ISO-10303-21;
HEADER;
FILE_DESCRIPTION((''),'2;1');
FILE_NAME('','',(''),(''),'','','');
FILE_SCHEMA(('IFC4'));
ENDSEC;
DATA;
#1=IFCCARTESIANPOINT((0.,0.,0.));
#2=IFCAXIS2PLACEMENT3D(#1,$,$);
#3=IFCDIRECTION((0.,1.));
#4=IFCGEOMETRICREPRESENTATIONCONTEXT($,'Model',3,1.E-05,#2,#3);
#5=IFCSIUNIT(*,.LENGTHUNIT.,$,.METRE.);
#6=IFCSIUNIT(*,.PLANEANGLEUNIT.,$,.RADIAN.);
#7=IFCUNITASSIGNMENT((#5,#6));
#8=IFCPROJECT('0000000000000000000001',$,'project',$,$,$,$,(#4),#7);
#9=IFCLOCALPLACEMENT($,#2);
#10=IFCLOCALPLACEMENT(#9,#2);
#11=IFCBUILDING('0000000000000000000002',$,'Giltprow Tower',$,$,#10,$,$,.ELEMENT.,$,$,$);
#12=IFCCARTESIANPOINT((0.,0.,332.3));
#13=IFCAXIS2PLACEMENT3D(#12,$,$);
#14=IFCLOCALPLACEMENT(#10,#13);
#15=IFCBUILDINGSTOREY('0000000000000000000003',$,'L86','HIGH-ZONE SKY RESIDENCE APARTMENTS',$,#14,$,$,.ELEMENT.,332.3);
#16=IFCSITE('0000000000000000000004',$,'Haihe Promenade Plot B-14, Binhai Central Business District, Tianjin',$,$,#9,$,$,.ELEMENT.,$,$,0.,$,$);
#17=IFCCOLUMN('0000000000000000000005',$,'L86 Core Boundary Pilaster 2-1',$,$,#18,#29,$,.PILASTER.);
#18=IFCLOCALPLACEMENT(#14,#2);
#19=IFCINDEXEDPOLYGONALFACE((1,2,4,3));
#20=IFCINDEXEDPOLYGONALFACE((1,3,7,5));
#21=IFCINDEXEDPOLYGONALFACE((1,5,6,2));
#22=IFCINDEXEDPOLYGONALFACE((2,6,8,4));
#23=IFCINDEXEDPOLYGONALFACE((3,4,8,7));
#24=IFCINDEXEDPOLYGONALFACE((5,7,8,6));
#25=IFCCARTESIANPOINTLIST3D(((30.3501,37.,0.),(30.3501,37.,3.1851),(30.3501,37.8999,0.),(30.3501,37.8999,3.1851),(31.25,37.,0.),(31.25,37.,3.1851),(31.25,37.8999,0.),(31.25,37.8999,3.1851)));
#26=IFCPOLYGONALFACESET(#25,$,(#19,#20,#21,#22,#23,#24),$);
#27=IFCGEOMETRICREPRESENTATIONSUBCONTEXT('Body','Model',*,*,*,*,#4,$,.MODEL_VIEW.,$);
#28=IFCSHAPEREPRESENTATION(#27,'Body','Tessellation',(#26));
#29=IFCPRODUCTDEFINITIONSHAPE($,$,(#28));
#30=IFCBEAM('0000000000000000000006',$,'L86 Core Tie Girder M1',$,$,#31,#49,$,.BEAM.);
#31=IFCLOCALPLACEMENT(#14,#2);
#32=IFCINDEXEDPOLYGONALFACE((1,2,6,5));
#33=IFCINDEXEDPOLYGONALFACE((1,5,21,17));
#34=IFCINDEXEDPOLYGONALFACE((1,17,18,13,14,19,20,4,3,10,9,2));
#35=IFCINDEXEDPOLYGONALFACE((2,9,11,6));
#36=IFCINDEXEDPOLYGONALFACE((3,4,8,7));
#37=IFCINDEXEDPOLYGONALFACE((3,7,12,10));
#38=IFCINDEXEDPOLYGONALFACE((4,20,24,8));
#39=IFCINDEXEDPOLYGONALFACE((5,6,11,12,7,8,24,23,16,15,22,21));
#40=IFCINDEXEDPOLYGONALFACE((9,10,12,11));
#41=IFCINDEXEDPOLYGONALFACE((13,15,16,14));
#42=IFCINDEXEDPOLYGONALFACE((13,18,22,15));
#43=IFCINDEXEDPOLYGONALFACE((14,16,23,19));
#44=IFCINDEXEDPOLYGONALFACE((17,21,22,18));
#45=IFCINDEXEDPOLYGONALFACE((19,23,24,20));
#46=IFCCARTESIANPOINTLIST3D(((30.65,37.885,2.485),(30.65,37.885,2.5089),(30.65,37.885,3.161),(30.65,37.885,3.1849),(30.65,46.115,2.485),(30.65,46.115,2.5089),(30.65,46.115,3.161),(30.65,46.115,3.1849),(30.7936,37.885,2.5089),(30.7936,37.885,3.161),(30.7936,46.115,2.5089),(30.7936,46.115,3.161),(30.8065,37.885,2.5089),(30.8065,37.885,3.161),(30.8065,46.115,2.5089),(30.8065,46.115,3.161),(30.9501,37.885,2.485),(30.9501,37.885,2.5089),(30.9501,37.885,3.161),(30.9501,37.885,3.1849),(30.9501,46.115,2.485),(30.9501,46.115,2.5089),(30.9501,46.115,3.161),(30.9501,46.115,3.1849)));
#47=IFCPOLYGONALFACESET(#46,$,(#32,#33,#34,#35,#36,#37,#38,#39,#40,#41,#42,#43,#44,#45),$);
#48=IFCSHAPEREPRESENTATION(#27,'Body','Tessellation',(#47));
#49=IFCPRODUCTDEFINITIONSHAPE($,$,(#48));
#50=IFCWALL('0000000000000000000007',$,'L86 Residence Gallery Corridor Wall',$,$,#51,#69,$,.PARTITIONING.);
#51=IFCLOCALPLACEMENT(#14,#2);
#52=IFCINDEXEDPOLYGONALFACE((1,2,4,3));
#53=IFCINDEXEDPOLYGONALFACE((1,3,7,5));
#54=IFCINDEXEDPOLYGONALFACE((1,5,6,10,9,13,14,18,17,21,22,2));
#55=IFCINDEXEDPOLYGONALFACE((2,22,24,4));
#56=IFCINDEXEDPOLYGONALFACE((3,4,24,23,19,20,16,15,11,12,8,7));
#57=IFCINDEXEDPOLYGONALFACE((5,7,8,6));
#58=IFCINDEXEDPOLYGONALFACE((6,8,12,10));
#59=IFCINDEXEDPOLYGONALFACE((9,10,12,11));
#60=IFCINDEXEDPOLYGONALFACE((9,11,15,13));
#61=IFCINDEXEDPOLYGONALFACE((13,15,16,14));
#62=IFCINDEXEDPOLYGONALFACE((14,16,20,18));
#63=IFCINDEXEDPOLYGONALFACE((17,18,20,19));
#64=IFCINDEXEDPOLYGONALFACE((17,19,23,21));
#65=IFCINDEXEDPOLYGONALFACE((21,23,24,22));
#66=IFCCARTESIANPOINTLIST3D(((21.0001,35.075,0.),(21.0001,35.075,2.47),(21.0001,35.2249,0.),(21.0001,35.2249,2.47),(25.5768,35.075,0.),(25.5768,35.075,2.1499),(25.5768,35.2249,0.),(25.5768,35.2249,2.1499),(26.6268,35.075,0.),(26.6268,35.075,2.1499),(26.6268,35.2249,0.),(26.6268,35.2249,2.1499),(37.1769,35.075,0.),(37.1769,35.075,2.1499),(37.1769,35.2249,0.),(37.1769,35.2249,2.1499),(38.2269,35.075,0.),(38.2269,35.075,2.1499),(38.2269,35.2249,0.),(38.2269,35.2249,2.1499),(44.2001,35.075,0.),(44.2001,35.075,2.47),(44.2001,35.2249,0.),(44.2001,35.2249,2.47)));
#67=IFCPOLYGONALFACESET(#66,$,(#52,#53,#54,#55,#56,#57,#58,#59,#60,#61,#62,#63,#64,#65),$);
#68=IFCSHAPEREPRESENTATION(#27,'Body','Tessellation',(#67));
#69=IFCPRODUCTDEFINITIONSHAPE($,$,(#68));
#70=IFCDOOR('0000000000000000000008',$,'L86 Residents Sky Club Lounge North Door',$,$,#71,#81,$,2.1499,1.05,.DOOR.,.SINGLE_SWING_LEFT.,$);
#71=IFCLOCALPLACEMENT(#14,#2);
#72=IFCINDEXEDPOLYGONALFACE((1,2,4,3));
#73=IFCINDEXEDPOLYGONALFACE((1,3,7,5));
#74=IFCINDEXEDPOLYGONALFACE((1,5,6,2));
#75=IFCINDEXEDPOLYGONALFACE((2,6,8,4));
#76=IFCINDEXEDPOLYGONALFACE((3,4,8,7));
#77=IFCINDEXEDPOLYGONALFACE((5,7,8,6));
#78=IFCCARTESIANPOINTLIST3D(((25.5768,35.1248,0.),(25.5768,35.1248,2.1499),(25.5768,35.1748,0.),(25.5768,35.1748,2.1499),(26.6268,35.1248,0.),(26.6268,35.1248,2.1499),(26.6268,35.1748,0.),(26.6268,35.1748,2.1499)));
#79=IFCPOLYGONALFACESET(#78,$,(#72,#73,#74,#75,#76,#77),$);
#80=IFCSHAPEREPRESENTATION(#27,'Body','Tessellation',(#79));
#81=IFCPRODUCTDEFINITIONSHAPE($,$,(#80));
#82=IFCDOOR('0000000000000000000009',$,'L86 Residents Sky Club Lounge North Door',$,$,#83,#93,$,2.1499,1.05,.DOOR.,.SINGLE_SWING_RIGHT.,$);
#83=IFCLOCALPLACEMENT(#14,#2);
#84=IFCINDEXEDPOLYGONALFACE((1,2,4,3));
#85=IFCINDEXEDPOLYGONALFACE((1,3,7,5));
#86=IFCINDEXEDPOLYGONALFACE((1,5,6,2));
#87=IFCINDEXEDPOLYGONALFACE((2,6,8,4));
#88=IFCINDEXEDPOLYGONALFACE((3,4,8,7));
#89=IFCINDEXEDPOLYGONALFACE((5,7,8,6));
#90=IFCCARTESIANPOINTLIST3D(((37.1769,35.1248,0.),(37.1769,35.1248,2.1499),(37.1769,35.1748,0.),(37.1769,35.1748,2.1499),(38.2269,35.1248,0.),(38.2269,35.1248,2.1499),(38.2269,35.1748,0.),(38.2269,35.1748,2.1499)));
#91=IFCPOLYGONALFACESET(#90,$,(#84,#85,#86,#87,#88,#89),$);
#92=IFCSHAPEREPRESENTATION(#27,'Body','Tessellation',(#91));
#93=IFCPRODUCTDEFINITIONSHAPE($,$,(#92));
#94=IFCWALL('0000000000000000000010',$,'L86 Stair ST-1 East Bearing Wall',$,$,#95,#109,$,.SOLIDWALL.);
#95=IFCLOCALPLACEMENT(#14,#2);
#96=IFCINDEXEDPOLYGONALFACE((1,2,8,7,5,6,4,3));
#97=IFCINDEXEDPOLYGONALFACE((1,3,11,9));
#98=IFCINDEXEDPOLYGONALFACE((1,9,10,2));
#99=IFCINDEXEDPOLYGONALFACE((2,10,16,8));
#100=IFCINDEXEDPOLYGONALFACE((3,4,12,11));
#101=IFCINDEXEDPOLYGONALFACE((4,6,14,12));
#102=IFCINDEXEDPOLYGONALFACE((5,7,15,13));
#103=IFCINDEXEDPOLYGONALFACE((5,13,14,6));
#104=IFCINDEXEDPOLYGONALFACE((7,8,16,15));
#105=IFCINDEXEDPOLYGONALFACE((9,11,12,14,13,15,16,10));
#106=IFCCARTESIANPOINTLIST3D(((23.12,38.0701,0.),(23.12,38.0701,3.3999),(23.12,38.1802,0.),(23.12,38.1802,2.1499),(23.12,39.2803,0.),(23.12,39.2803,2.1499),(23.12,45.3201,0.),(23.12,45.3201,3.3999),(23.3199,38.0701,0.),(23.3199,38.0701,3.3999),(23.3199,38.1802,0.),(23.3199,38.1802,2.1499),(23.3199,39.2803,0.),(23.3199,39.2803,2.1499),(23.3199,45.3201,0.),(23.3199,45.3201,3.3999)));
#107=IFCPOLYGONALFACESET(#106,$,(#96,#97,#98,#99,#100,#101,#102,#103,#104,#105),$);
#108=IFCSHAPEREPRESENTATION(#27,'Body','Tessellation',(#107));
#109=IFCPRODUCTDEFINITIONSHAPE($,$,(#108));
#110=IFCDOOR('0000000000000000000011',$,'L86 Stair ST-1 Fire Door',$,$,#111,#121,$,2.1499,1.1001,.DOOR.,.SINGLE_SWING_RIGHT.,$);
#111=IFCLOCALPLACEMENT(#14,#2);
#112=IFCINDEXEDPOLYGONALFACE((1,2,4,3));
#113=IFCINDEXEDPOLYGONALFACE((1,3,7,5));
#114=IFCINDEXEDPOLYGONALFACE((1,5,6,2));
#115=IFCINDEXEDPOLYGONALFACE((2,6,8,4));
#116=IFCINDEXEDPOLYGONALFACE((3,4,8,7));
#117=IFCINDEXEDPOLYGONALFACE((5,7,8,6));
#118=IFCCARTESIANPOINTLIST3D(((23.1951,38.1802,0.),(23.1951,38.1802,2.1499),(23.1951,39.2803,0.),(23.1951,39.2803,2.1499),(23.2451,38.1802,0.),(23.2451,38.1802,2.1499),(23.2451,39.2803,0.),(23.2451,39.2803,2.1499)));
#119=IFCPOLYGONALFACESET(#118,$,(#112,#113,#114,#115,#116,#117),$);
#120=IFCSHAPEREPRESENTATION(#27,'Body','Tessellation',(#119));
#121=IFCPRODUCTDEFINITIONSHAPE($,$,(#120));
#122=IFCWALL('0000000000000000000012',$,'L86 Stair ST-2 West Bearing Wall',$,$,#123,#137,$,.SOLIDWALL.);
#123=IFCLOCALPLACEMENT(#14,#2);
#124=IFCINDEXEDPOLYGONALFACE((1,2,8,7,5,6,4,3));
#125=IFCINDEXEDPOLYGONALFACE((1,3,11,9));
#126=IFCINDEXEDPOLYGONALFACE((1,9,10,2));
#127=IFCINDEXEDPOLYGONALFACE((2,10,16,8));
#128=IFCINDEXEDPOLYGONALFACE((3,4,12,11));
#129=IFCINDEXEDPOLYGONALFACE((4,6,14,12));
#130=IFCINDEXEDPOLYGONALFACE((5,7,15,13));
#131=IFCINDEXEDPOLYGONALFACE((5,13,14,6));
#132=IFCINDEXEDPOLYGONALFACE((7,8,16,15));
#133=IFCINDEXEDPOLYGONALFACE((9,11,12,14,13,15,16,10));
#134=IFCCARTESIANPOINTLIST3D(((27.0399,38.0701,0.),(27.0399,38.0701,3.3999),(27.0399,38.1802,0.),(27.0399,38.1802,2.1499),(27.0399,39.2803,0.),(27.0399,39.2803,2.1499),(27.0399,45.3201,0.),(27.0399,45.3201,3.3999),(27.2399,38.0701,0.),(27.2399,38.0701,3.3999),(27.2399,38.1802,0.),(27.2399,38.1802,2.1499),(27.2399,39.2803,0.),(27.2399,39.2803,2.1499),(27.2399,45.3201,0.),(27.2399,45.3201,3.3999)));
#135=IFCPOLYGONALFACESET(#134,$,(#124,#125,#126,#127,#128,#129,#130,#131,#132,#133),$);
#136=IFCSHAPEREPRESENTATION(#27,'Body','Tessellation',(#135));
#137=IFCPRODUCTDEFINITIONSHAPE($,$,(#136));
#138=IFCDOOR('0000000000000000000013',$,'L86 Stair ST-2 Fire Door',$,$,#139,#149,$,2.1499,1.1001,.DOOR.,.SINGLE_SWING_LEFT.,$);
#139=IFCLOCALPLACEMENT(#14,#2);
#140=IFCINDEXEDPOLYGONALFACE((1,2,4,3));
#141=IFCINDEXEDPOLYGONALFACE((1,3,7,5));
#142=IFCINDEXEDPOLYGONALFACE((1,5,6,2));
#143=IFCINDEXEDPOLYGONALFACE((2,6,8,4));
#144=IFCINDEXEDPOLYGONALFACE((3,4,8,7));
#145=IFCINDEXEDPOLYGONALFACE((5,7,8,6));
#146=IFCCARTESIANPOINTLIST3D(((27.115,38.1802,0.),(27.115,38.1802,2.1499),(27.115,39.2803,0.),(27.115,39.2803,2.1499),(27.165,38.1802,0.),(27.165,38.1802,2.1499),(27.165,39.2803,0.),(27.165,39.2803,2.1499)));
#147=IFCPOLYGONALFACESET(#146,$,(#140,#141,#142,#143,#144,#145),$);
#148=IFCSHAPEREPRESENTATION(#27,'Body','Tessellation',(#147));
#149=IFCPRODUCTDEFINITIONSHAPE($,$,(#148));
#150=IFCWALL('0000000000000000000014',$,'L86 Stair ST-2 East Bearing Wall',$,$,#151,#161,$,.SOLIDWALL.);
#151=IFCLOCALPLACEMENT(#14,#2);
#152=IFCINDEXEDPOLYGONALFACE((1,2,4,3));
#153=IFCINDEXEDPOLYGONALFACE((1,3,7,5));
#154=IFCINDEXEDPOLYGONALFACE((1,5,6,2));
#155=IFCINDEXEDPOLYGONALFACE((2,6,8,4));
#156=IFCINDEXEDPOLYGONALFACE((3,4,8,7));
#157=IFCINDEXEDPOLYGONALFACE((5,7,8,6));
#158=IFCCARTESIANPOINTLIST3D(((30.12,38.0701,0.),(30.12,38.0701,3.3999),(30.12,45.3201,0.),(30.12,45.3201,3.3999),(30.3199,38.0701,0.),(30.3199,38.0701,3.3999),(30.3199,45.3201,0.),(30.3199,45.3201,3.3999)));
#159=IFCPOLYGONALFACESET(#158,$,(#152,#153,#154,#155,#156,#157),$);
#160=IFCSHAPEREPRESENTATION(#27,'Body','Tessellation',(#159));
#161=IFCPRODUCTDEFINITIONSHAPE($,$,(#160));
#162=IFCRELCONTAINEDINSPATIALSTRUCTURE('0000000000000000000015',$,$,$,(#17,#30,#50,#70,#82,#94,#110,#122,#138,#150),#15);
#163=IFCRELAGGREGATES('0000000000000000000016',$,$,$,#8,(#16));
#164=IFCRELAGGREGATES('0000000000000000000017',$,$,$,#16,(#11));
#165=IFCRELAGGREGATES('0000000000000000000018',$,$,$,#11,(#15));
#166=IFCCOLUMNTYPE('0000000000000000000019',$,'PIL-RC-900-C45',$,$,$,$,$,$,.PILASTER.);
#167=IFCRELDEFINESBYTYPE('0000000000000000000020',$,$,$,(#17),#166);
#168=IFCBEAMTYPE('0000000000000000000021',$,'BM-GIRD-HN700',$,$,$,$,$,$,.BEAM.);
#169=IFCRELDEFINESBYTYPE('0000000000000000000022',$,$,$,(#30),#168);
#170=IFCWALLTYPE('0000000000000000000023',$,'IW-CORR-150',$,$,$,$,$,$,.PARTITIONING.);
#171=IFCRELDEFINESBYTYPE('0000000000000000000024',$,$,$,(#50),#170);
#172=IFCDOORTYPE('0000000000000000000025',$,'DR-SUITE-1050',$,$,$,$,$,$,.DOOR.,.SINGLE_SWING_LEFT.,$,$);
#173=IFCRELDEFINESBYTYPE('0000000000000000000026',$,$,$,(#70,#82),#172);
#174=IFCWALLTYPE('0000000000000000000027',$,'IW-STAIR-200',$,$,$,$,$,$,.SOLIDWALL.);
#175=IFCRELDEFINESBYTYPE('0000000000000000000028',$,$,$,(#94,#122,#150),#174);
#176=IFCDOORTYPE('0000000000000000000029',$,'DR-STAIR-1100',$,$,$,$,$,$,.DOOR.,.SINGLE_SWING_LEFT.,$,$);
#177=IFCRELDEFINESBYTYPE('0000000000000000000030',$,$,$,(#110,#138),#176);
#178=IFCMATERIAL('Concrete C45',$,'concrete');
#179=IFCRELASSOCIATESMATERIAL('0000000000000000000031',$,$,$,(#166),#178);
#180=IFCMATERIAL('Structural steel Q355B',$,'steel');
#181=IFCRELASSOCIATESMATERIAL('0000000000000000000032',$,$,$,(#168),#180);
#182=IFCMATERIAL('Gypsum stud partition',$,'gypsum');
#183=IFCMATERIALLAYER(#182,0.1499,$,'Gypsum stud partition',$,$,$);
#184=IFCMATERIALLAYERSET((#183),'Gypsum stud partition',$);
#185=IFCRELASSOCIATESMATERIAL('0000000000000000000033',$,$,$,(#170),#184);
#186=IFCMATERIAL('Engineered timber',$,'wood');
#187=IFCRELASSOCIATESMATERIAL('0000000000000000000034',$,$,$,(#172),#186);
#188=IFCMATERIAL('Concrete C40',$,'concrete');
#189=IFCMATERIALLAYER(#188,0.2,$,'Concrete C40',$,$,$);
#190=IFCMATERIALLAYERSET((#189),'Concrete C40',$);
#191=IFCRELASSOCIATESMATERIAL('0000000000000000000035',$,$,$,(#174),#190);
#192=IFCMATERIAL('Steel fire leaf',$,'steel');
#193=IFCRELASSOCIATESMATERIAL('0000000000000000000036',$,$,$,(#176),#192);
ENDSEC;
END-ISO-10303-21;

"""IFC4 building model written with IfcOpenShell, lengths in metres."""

from ifc_helpers import new_model, si_unit, direction, frame, frame_2d, origin, origin_2d, place, context, subcontext, project, spatial, rectangle, i_section, extrude, source, transform, mapped, material, layer, layer_set, material_profile, profile_set, type_object, element, fill, save


model = new_model("IFC4")

# Units and contexts
model_context = context("Model", 3, precision=1e-05, world=origin(), true_north=direction((0.0, 1.0)))
body_context = subcontext(model_context, "Body", "Model", "MODEL_VIEW")
ifc_project = project(units=[si_unit("LENGTHUNIT", "METRE"), si_unit("PLANEANGLEUNIT", "RADIAN")], contexts=[model_context])

# Site, building, storey
site_placement = place(None, origin())
site = spatial("IfcSite", under=ifc_project, at=site_placement, Name="Haihe Promenade Plot B-14, Binhai Central Business District, Tianjin", CompositionType="ELEMENT", RefElevation=0.0)
building_placement = place(site_placement, origin())
building = spatial("IfcBuilding", under=site, at=building_placement, Name="Giltprow Tower", CompositionType="ELEMENT")
storey_placement = place(building_placement, frame((0.0, 0.0, 332.3)))
storey = spatial("IfcBuildingStorey", under=building, at=storey_placement, Name="L86", Description="HIGH-ZONE SKY RESIDENCE APARTMENTS", CompositionType="ELEMENT", Elevation=332.3)

# Column
ifc_material_1 = material(Name="Concrete C45", Category="concrete")
ifc_material_profile_1 = material_profile(ifc_material_1, rectangle(XDim=0.8999, YDim=0.8999, at=origin_2d()), Name="RC 900x900")
ifc_profile_set_1 = profile_set([ifc_material_profile_1], Name="Concrete C45")
column_type = type_object("IfcColumnType", Name="PIL-RC-900-C45", PredefinedType="PILASTER", material=ifc_profile_set_1)
shared_shape_1 = source(origin(), body_context, "Body", "SweptSolid", [
    extrude(rectangle(XDim=0.8999, YDim=0.8999, at=origin_2d()), origin(), (0.0, 0.0, 1.0), 3.1851),
])
column_placement = place(storey_placement, frame((30.8, 37.45, 0.0), z_axis=(0.0, 0.0, 1.0), x_axis=(1.0, 0.0, 0.0)))
element("IfcColumn", 1, at=column_placement, inside=storey, type_object=column_type, Name="L86 Core Boundary Pilaster 2-1", PredefinedType="PILASTER", context=body_context, shape_type="MappedRepresentation", body=[
    mapped(shared_shape_1, transform((0.0, 0.0, 0.0), x_axis=(1.0, 0.0, 0.0), y_axis=(0.0, 1.0, 0.0), z_axis=(0.0, 0.0, 1.0), scale=1.0)),
])

# Beam
ifc_material_2 = material(Name="Structural steel Q355B", Category="steel")
ifc_material_profile_2 = material_profile(ifc_material_2, i_section(OverallWidth=0.3, OverallDepth=0.7, WebThickness=0.0129, FlangeThickness=0.0239, at=origin_2d()), Name="HN 700x300x13x24")
ifc_profile_set_2 = profile_set([ifc_material_profile_2], Name="Structural steel Q355B")
beam_type = type_object("IfcBeamType", Name="BM-GIRD-HN700", PredefinedType="BEAM", material=ifc_profile_set_2)
shared_shape_2 = source(origin(), body_context, "Body", "SweptSolid", [
    extrude(i_section(OverallWidth=0.3, OverallDepth=0.7, WebThickness=0.0129, FlangeThickness=0.0239, at=origin_2d()), origin(), (0.0, 0.0, 1.0), 8.23),
])
beam_placement = place(storey_placement, frame((30.8, 37.885, 2.835), z_axis=(0.0, 1.0, 0.0), x_axis=(-1.0, 0.0, 0.0)))
element("IfcBeam", 2, at=beam_placement, inside=storey, type_object=beam_type, Name="L86 Core Tie Girder M1", PredefinedType="BEAM", context=body_context, shape_type="MappedRepresentation", body=[
    mapped(shared_shape_2, transform((0.0, 0.0, 0.0), x_axis=(1.0, 0.0, 0.0), y_axis=(0.0, 1.0, 0.0), z_axis=(0.0, 0.0, 1.0), scale=1.0)),
])

# Wall, openings, doors
ifc_material_3 = material(Name="Gypsum stud partition", Category="gypsum")
ifc_layer_1 = layer(ifc_material_3, 0.1499, Name="Gypsum stud partition")
ifc_layer_set_1 = layer_set([ifc_layer_1], Name="Gypsum stud partition")
wall_type_1 = type_object("IfcWallType", Name="IW-CORR-150", PredefinedType="PARTITIONING", material=ifc_layer_set_1)
wall_1_placement = place(storey_placement, frame((21.0, 35.1499, 0.0), z_axis=(0.0, 0.0, 1.0), x_axis=(1.0, 0.0, 0.0)))
wall_1 = element("IfcWall", 3, at=wall_1_placement, inside=storey, type_object=wall_type_1, Name="L86 Residence Gallery Corridor Wall", PredefinedType="PARTITIONING", context=body_context, shape_type="SweptSolid", body=[
    extrude(rectangle(XDim=23.2, YDim=0.1499, at=frame_2d((11.6001, 0.0))), origin(), (0.0, 0.0, 1.0), 2.47),
])
opening_1_placement = place(wall_1_placement, frame((4.5769, 0.0, 0.0)))
opening_1 = element("IfcOpeningElement", 4, at=opening_1_placement, cuts=wall_1, PredefinedType="OPENING", context=body_context, shape_type="SweptSolid", body=[
    extrude(rectangle(XDim=1.05, YDim=2.1499, at=frame_2d((0.5249, 1.075))), frame((0.0, 0.085, 0.0), z_axis=(0.0, -1.0, 0.0), x_axis=(1.0, 0.0, 0.0)), (0.0, 0.0, 1.0), 0.1699),
])
opening_2_placement = place(wall_1_placement, frame((16.177, 0.0, 0.0)))
opening_2 = element("IfcOpeningElement", 5, at=opening_2_placement, cuts=wall_1, PredefinedType="OPENING", context=body_context, shape_type="SweptSolid", body=[
    extrude(rectangle(XDim=1.05, YDim=2.1499, at=frame_2d((0.5249, 1.075))), frame((0.0, 0.085, 0.0), z_axis=(0.0, -1.0, 0.0), x_axis=(1.0, 0.0, 0.0)), (0.0, 0.0, 1.0), 0.1699),
])
ifc_material_4 = material(Name="Engineered timber", Category="wood")
door_type_1 = type_object("IfcDoorType", Name="DR-SUITE-1050", OperationType="SINGLE_SWING_LEFT", PredefinedType="DOOR", material=ifc_material_4)
shared_shape_3 = source(origin(), body_context, "Body", "SweptSolid", [
    extrude(rectangle(XDim=1.05, YDim=2.1499, at=frame_2d((0.5249, 1.075))), frame((0.0, 0.0249, 0.0), z_axis=(0.0, -1.0, 0.0), x_axis=(1.0, 0.0, 0.0)), (0.0, 0.0, 1.0), 0.05),
])
door_1_placement = place(opening_1_placement, origin())
door_1 = element("IfcDoor", 6, at=door_1_placement, inside=storey, type_object=door_type_1, Name="L86 Residents Sky Club Lounge North Door", OperationType="SINGLE_SWING_LEFT", OverallHeight=2.1499, OverallWidth=1.05, PredefinedType="DOOR", context=body_context, shape_type="MappedRepresentation", body=[
    mapped(shared_shape_3, transform((0.0, 0.0, 0.0), x_axis=(1.0, 0.0, 0.0), y_axis=(0.0, 1.0, 0.0), z_axis=(0.0, 0.0, 1.0), scale=1.0)),
])
fill(opening_1, door_1)
door_2_placement = place(opening_2_placement, origin())
door_2 = element("IfcDoor", 7, at=door_2_placement, inside=storey, type_object=door_type_1, Name="L86 Residents Sky Club Lounge North Door", OperationType="SINGLE_SWING_RIGHT", OverallHeight=2.1499, OverallWidth=1.05, PredefinedType="DOOR", context=body_context, shape_type="MappedRepresentation", body=[
    mapped(shared_shape_3, transform((0.0, 0.0, 0.0), x_axis=(1.0, 0.0, 0.0), y_axis=(0.0, 1.0, 0.0), z_axis=(0.0, 0.0, 1.0), scale=1.0)),
])
fill(opening_2, door_2)

# Walls, openings, doors
ifc_material_5 = material(Name="Concrete C40", Category="concrete")
ifc_layer_2 = layer(ifc_material_5, 0.2, Name="Concrete C40")
ifc_layer_set_2 = layer_set([ifc_layer_2], Name="Concrete C40")
wall_type_2 = type_object("IfcWallType", Name="IW-STAIR-200", PredefinedType="SOLIDWALL", material=ifc_layer_set_2)
wall_2_placement = place(storey_placement, frame((23.22, 38.0701, 0.0), z_axis=(0.0, 0.0, 1.0), x_axis=(0.0, 1.0, 0.0)))
wall_2 = element("IfcWall", 8, at=wall_2_placement, inside=storey, type_object=wall_type_2, Name="L86 Stair ST-1 East Bearing Wall", PredefinedType="SOLIDWALL", context=body_context, shape_type="SweptSolid", body=[
    extrude(rectangle(XDim=7.25, YDim=0.2, at=frame_2d((3.625, 0.0))), origin(), (0.0, 0.0, 1.0), 3.3999),
])
opening_3_placement = place(wall_2_placement, frame((0.1101, 0.0, 0.0)))
opening_3 = element("IfcOpeningElement", 9, at=opening_3_placement, cuts=wall_2, PredefinedType="OPENING", context=body_context, shape_type="SweptSolid", body=[
    extrude(rectangle(XDim=1.1001, YDim=2.1499, at=frame_2d((0.55, 1.075))), frame((0.0, 0.1099, 0.0), z_axis=(0.0, -1.0, 0.0), x_axis=(1.0, 0.0, 0.0)), (0.0, 0.0, 1.0), 0.22),
])
ifc_material_6 = material(Name="Steel fire leaf", Category="steel")
door_type_2 = type_object("IfcDoorType", Name="DR-STAIR-1100", OperationType="SINGLE_SWING_LEFT", PredefinedType="DOOR", material=ifc_material_6)
shared_shape_4 = source(origin(), body_context, "Body", "SweptSolid", [
    extrude(rectangle(XDim=1.1001, YDim=2.1499, at=frame_2d((0.55, 1.075))), frame((0.0, 0.0249, 0.0), z_axis=(0.0, -1.0, 0.0), x_axis=(1.0, 0.0, 0.0)), (0.0, 0.0, 1.0), 0.05),
])
door_3_placement = place(opening_3_placement, origin())
door_3 = element("IfcDoor", 10, at=door_3_placement, inside=storey, type_object=door_type_2, Name="L86 Stair ST-1 Fire Door", OperationType="SINGLE_SWING_RIGHT", OverallHeight=2.1499, OverallWidth=1.1001, PredefinedType="DOOR", context=body_context, shape_type="MappedRepresentation", body=[
    mapped(shared_shape_4, transform((0.0, 0.0, 0.0), x_axis=(1.0, 0.0, 0.0), y_axis=(0.0, 1.0, 0.0), z_axis=(0.0, 0.0, 1.0), scale=1.0)),
])
fill(opening_3, door_3)
wall_3_placement = place(storey_placement, frame((27.1399, 38.0701, 0.0), z_axis=(0.0, 0.0, 1.0), x_axis=(0.0, 1.0, 0.0)))
wall_3 = element("IfcWall", 11, at=wall_3_placement, inside=storey, type_object=wall_type_2, Name="L86 Stair ST-2 West Bearing Wall", PredefinedType="SOLIDWALL", context=body_context, shape_type="SweptSolid", body=[
    extrude(rectangle(XDim=7.25, YDim=0.2, at=frame_2d((3.625, 0.0))), origin(), (0.0, 0.0, 1.0), 3.3999),
])
opening_4_placement = place(wall_3_placement, frame((0.1101, 0.0, 0.0)))
opening_4 = element("IfcOpeningElement", 12, at=opening_4_placement, cuts=wall_3, PredefinedType="OPENING", context=body_context, shape_type="SweptSolid", body=[
    extrude(rectangle(XDim=1.1001, YDim=2.1499, at=frame_2d((0.55, 1.075))), frame((0.0, 0.1099, 0.0), z_axis=(0.0, -1.0, 0.0), x_axis=(1.0, 0.0, 0.0)), (0.0, 0.0, 1.0), 0.22),
])
door_4_placement = place(opening_4_placement, origin())
door_4 = element("IfcDoor", 13, at=door_4_placement, inside=storey, type_object=door_type_2, Name="L86 Stair ST-2 Fire Door", OperationType="SINGLE_SWING_LEFT", OverallHeight=2.1499, OverallWidth=1.1001, PredefinedType="DOOR", context=body_context, shape_type="MappedRepresentation", body=[
    mapped(shared_shape_4, transform((0.0, 0.0, 0.0), x_axis=(1.0, 0.0, 0.0), y_axis=(0.0, 1.0, 0.0), z_axis=(0.0, 0.0, 1.0), scale=1.0)),
])
fill(opening_4, door_4)

# Wall
wall_4_placement = place(storey_placement, frame((30.22, 38.0701, 0.0), z_axis=(0.0, 0.0, 1.0), x_axis=(0.0, 1.0, 0.0)))
element("IfcWall", 14, at=wall_4_placement, inside=storey, type_object=wall_type_2, Name="L86 Stair ST-2 East Bearing Wall", PredefinedType="SOLIDWALL", context=body_context, shape_type="SweptSolid", body=[
    extrude(rectangle(XDim=7.25, YDim=0.2, at=frame_2d((3.625, 0.0))), origin(), (0.0, 0.0, 1.0), 3.3999),
])

save(model, "model.ifc")
